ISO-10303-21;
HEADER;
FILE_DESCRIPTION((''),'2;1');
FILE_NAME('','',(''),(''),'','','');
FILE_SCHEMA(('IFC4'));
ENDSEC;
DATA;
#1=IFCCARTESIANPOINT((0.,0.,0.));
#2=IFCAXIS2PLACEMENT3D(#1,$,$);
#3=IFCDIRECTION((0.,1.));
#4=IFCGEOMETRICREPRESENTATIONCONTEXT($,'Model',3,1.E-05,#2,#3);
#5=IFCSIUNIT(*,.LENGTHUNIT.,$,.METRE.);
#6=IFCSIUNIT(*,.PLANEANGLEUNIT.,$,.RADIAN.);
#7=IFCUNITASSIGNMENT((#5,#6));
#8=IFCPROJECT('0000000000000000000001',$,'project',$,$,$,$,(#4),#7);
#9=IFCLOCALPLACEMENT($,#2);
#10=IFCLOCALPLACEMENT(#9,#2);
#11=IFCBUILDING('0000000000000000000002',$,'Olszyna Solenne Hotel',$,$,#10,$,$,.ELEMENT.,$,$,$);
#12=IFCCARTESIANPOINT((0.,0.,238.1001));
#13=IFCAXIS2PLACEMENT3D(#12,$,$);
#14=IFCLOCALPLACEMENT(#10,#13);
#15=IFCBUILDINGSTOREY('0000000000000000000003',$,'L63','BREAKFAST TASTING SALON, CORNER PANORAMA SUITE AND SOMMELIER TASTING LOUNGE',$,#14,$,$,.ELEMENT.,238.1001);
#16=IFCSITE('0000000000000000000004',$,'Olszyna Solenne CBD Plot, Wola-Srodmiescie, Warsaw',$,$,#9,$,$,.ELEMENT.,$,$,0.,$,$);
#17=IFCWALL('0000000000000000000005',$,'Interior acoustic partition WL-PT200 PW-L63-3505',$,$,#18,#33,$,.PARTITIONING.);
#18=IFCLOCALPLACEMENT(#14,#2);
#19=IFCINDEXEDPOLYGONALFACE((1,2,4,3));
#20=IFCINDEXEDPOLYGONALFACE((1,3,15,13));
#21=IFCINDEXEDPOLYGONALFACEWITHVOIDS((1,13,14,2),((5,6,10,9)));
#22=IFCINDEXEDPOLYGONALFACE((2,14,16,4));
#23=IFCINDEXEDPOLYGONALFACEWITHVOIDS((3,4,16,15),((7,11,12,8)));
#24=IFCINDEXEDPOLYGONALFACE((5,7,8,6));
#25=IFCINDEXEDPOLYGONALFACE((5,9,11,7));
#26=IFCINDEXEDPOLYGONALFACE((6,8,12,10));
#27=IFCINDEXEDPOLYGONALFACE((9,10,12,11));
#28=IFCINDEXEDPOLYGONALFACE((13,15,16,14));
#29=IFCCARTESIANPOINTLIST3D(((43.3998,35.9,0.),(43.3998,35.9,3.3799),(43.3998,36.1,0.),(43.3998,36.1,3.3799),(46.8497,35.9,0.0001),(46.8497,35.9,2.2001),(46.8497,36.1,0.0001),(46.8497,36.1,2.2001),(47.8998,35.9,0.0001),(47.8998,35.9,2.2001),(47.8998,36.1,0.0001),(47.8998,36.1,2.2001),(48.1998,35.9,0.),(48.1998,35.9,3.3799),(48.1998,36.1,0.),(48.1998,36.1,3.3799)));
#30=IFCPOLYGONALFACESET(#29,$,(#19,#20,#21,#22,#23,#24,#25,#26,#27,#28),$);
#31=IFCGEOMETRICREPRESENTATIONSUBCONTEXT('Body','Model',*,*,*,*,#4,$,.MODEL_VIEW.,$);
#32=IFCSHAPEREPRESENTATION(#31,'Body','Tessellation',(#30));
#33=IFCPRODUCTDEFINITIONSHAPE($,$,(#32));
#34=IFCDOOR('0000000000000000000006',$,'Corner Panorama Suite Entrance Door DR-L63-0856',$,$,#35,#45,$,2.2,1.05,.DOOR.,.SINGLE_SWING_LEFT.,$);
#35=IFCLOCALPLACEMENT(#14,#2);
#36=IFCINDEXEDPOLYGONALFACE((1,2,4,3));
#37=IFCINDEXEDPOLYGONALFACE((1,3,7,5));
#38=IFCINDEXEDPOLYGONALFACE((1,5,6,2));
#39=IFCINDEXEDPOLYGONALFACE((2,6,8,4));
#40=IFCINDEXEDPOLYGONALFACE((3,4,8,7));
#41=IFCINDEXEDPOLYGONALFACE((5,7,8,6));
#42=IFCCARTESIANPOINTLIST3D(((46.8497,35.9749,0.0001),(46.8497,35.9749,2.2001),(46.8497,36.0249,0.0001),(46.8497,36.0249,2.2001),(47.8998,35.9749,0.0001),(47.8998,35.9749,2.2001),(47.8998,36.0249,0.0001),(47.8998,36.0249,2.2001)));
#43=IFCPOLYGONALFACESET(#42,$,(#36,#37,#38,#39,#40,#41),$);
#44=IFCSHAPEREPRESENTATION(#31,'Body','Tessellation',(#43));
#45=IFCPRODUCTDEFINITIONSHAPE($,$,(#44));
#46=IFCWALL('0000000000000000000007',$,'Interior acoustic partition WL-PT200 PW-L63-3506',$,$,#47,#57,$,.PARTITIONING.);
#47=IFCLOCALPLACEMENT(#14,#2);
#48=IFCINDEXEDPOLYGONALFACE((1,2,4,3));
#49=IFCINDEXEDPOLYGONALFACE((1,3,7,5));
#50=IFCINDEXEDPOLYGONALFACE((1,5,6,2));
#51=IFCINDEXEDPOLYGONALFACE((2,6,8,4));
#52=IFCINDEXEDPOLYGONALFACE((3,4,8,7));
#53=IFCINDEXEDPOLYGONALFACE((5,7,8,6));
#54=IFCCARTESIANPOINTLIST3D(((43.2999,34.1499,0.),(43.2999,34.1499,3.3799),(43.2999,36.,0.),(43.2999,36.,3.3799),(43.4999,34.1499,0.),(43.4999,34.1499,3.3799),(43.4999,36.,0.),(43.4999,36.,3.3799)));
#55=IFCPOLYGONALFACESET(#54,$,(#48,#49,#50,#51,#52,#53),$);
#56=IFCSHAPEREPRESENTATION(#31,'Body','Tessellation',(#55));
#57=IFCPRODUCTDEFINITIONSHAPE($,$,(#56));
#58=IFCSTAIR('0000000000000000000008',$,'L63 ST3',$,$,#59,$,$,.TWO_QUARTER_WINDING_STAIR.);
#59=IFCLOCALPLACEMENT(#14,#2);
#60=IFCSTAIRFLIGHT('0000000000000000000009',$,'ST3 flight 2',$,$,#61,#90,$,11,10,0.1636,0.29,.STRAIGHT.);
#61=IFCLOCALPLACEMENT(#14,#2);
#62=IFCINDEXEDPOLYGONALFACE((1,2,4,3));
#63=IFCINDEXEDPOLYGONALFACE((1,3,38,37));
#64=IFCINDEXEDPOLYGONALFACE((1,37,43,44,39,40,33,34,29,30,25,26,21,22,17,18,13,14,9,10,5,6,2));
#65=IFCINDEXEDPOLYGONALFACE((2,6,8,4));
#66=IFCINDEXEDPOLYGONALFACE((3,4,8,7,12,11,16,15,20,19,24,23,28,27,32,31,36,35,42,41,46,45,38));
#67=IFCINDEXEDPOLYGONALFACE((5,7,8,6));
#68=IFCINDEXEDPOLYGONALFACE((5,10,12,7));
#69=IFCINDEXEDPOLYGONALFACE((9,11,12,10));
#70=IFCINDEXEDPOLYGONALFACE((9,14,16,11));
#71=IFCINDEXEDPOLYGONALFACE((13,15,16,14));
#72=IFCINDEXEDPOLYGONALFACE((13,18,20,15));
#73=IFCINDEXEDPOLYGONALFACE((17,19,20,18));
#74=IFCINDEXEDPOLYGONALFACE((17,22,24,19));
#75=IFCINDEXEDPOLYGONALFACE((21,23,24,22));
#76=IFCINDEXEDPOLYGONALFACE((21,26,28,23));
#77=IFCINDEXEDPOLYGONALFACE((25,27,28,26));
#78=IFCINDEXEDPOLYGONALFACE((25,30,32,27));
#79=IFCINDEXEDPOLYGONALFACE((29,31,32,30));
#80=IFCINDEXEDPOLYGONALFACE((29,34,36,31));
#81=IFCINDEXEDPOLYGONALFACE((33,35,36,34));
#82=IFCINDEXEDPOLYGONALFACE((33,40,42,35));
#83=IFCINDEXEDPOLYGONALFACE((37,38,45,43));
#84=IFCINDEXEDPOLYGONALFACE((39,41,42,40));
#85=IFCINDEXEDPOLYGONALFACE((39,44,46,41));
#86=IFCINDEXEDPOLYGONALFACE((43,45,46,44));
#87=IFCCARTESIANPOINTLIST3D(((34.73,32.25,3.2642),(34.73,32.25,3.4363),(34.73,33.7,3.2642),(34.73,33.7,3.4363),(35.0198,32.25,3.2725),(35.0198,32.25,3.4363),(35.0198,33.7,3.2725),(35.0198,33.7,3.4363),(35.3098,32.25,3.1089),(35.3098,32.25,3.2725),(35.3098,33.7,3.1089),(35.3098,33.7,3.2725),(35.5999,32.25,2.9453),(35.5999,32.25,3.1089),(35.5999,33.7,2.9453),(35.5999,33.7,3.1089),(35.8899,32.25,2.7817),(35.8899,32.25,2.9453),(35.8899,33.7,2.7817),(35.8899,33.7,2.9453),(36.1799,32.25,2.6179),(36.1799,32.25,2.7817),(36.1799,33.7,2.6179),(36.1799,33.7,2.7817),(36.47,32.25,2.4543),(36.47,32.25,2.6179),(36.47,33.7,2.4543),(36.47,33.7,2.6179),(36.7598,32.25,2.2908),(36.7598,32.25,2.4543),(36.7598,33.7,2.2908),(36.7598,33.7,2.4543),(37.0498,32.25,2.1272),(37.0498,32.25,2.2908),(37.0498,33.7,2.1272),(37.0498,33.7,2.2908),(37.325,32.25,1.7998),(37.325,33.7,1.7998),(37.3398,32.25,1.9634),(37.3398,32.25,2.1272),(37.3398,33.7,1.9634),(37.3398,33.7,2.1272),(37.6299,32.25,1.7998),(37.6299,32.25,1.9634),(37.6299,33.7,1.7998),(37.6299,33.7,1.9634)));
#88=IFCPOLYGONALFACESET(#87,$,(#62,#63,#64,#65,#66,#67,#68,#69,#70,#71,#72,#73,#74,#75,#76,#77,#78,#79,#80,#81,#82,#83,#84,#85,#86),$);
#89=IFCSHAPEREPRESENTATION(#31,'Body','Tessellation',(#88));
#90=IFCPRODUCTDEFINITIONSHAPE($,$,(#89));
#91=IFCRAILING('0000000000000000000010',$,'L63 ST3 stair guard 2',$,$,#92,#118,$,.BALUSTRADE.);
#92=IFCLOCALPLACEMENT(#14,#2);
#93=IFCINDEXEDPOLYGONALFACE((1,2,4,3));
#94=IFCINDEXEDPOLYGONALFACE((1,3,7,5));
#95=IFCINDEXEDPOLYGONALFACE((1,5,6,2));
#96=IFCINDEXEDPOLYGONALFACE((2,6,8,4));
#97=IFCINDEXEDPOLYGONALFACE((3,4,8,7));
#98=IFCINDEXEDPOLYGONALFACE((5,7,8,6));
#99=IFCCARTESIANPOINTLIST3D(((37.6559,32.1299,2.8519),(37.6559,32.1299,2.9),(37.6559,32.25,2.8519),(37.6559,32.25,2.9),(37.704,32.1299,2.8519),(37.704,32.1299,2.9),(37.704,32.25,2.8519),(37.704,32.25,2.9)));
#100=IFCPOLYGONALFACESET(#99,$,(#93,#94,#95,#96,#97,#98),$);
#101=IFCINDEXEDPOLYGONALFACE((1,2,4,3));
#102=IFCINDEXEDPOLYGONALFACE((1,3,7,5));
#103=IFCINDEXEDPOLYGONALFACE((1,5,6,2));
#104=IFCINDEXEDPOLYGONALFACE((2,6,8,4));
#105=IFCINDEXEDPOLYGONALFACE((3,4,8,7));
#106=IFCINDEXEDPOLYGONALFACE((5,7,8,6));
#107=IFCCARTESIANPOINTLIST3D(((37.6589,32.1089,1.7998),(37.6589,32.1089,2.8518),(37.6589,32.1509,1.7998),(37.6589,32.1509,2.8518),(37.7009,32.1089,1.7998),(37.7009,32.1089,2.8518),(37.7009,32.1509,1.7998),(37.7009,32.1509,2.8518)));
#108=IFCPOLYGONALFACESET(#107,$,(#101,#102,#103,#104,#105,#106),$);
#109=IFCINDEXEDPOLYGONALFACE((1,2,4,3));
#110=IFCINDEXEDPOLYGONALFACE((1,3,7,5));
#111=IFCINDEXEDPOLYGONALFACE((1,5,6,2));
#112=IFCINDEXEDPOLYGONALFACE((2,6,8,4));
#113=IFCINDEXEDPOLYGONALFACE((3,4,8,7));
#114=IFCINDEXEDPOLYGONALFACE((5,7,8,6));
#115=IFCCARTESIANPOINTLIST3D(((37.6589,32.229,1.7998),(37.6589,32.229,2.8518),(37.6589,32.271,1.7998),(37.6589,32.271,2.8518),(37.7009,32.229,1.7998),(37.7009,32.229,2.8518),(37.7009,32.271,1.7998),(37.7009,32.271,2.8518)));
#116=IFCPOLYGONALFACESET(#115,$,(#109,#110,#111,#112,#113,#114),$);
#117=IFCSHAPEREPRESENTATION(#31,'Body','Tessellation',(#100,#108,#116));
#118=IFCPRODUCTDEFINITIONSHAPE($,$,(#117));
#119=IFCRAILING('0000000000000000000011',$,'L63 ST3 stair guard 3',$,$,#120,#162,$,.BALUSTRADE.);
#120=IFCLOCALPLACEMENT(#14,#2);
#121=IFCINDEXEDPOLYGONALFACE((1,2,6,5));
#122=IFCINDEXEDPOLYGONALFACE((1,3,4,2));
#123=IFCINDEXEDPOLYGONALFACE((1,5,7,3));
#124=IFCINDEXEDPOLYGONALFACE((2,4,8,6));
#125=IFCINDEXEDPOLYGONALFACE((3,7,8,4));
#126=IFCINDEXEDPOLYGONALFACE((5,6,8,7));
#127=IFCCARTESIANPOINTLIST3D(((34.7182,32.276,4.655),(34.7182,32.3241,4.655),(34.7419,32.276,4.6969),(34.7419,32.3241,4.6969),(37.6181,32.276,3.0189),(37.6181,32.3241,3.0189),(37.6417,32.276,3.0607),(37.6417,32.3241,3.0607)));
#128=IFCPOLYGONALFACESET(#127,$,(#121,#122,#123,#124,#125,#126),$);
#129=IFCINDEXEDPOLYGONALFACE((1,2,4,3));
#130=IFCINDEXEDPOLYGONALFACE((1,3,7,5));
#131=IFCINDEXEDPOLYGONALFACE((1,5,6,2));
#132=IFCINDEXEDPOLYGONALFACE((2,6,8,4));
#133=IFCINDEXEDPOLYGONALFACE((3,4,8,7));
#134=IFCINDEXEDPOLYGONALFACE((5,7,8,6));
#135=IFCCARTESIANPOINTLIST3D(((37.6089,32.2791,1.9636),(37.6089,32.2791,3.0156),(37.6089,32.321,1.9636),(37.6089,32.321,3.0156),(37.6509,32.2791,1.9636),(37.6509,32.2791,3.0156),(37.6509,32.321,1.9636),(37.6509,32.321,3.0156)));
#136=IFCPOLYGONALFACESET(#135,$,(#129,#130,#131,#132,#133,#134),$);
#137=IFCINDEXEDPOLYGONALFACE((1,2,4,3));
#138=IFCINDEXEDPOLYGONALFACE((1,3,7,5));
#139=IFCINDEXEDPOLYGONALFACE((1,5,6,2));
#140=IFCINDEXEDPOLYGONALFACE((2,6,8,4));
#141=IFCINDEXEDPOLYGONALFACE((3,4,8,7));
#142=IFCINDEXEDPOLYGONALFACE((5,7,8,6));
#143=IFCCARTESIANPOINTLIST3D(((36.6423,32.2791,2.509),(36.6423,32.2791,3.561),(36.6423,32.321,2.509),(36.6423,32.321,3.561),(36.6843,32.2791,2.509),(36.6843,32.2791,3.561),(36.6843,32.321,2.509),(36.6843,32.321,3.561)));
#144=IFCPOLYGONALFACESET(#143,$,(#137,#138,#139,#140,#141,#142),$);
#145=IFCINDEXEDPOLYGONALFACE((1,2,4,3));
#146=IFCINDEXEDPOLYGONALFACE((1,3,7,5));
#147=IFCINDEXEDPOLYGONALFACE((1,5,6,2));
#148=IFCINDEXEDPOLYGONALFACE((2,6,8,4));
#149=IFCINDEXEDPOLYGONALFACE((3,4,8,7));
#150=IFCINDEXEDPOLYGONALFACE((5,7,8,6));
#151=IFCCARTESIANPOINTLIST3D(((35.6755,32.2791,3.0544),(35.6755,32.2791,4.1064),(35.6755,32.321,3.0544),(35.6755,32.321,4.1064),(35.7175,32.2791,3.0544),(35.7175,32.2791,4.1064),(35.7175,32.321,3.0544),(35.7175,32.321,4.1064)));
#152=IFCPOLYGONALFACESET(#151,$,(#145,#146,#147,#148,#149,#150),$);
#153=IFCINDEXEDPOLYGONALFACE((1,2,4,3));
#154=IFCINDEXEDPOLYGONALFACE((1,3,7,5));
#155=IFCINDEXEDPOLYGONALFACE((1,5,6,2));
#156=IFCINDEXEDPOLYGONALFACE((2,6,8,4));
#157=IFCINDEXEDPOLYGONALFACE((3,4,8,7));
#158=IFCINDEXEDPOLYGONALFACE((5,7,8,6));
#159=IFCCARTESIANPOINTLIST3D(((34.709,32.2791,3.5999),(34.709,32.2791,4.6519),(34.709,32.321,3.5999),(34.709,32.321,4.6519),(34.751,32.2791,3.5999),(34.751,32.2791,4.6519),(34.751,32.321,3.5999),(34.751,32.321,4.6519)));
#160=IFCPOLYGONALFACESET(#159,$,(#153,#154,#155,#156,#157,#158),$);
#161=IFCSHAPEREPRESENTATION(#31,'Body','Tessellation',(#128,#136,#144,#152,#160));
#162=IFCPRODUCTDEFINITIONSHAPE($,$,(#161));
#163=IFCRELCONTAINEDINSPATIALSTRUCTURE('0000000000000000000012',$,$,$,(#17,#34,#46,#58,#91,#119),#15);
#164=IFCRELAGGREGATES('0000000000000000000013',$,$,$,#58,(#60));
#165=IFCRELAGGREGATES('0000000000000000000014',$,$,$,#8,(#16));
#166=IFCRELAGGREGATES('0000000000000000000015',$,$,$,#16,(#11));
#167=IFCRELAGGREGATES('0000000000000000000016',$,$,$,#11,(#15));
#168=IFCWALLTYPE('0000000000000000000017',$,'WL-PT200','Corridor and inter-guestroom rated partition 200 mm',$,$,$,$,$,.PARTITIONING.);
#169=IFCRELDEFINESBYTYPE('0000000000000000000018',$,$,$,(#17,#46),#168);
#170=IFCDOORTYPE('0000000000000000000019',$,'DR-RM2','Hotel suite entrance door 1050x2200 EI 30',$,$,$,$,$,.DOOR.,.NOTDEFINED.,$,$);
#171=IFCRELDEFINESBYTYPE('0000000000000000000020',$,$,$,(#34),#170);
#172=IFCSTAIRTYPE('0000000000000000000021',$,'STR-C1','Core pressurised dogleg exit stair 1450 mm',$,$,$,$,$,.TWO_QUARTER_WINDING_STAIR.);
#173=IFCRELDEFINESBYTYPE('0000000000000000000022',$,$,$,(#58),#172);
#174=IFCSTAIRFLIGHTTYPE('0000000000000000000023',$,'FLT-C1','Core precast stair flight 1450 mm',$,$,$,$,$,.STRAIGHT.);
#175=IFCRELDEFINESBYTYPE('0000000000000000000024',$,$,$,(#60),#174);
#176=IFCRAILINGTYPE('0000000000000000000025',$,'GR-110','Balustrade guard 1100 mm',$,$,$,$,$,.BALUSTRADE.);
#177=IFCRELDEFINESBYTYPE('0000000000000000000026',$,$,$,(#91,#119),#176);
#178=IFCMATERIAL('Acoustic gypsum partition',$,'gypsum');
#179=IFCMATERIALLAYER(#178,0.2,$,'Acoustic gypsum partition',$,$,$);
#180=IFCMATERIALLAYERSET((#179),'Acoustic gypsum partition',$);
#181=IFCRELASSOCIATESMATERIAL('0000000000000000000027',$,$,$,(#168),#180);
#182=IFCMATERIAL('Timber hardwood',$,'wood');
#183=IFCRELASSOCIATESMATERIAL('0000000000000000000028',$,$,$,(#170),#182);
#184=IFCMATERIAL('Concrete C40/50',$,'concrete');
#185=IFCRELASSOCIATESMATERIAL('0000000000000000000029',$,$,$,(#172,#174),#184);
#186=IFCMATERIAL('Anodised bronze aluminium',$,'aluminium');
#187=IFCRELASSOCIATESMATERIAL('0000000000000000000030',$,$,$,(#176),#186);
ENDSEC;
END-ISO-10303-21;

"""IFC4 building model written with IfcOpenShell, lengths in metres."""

from ifc_helpers import new_model, si_unit, direction, frame, frame_2d, origin, origin_2d, place, context, subcontext, project, spatial, polyline, rectangle, outline, extrude, source, transform, mapped, material, layer, layer_set, type_object, type_shapes, element, fill, aggregate, save


model = new_model("IFC4")

# Units and contexts
model_context = context("Model", 3, precision=1e-05, world=origin(), true_north=direction((0.0, 1.0)))
body_context = subcontext(model_context, "Body", "Model", "MODEL_VIEW")
ifc_project = project(units=[si_unit("LENGTHUNIT", "METRE"), si_unit("PLANEANGLEUNIT", "RADIAN")], contexts=[model_context])

# Site, building, storey
site_placement = place(None, origin())
site = spatial("IfcSite", under=ifc_project, at=site_placement, Name="Olszyna Solenne CBD Plot, Wola-Srodmiescie, Warsaw", CompositionType="ELEMENT", RefElevation=0.0)
building_placement = place(site_placement, origin())
building = spatial("IfcBuilding", under=site, at=building_placement, Name="Olszyna Solenne Hotel", CompositionType="ELEMENT")
storey_placement = place(building_placement, frame((0.0, 0.0, 238.1001)))
storey = spatial("IfcBuildingStorey", under=building, at=storey_placement, Name="L63", Description="BREAKFAST TASTING SALON, CORNER PANORAMA SUITE AND SOMMELIER TASTING LOUNGE", CompositionType="ELEMENT", Elevation=238.1001)

# Shared definitions
ifc_material_1 = material(Name="Timber hardwood", Category="wood")

# Shared definitions
ifc_material_2 = material(Name="Acoustic gypsum partition", Category="gypsum")

# Shared definitions
ifc_layer_1 = layer(ifc_material_2, 0.2, Name="Acoustic gypsum partition")
ifc_layer_set_1 = layer_set([ifc_layer_1], Name="Acoustic gypsum partition")
wall_type_1 = type_object("IfcWallType", Name="WL-PT200", Description="Corridor and inter-guestroom rated partition 200 mm", PredefinedType="PARTITIONING", material=ifc_layer_set_1)

# Wall, opening, door
wall_1_placement = place(storey_placement, frame((43.3999, 36.0, 0.0), z_axis=(0.0, 0.0, 1.0), x_axis=(1.0, 0.0, 0.0)))
wall_1 = element("IfcWall", 1, at=wall_1_placement, inside=storey, type_object=wall_type_1, Name="Interior acoustic partition WL-PT200 PW-L63-3505", PredefinedType="PARTITIONING", context=body_context, shape_type="SweptSolid", body=[
    extrude(rectangle(XDim=4.8, YDim=0.2, at=frame_2d((2.3999, 0.0))), origin(), (0.0, 0.0, 1.0), 3.3799),
])
opening_1_placement = place(wall_1_placement, frame((3.45, 0.0, 0.0)))
opening_1 = element("IfcOpeningElement", 2, at=opening_1_placement, cuts=wall_1, PredefinedType="OPENING", context=body_context, shape_type="SweptSolid", body=[
    extrude(rectangle(XDim=1.05, YDim=2.2, at=frame_2d((0.5249, 1.1001))), frame((0.0, 0.1099, 0.0), z_axis=(0.0, -1.0, 0.0), x_axis=(1.0, 0.0, 0.0)), (0.0, 0.0, 1.0), 0.22),
])
door_type_1 = type_object("IfcDoorType", Name="DR-RM2", Description="Hotel suite entrance door 1050x2200 EI 30", OperationType="NOTDEFINED", PredefinedType="DOOR", material=ifc_material_1)
shared_shape_1 = source(origin(), body_context, "Body", "SweptSolid", [
    extrude(rectangle(XDim=1.05, YDim=2.2, at=frame_2d((0.5249, 1.1001))), frame((0.0, 0.0249, 0.0), z_axis=(0.0, -1.0, 0.0), x_axis=(1.0, 0.0, 0.0)), (0.0, 0.0, 1.0), 0.05),
])
type_shapes(door_type_1, [shared_shape_1])
door_1_placement = place(opening_1_placement, origin())
door_1 = element("IfcDoor", 3, at=door_1_placement, inside=storey, type_object=door_type_1, Name="Corner Panorama Suite Entrance Door DR-L63-0856", OperationType="SINGLE_SWING_LEFT", OverallHeight=2.2, OverallWidth=1.05, PredefinedType="DOOR", context=body_context, shape_type="MappedRepresentation", body=[
    mapped(shared_shape_1, transform((0.0, 0.0, 0.0), x_axis=(1.0, 0.0, 0.0), y_axis=(0.0, 1.0, 0.0), z_axis=(0.0, 0.0, 1.0), scale=1.0)),
])
fill(opening_1, door_1)

# Wall
wall_2_placement = place(storey_placement, frame((43.3999, 34.1499, 0.0), z_axis=(0.0, 0.0, 1.0), x_axis=(0.0, 1.0, 0.0)))
element("IfcWall", 4, at=wall_2_placement, inside=storey, type_object=wall_type_1, Name="Interior acoustic partition WL-PT200 PW-L63-3506", PredefinedType="PARTITIONING", context=body_context, shape_type="SweptSolid", body=[
    extrude(rectangle(XDim=1.8501, YDim=0.2, at=frame_2d((0.925, 0.0))), origin(), (0.0, 0.0, 1.0), 3.3799),
])

# Stair, stair flight
ifc_material_3 = material(Name="Concrete C40/50", Category="concrete")
stair_type = type_object("IfcStairType", Name="STR-C1", Description="Core pressurised dogleg exit stair 1450 mm", PredefinedType="TWO_QUARTER_WINDING_STAIR", material=ifc_material_3)
stair_placement = place(storey_placement, origin())
stair = element("IfcStair", 5, at=stair_placement, inside=storey, type_object=stair_type, Name="L63 ST3", PredefinedType="TWO_QUARTER_WINDING_STAIR")
stair_flight_type = type_object("IfcStairFlightType", Name="FLT-C1", Description="Core precast stair flight 1450 mm", PredefinedType="STRAIGHT", material=ifc_material_3)
stair_flight_placement = place(storey_placement, frame((37.6299, 32.9751, 1.7998), z_axis=(0.0, 0.0, 1.0), x_axis=(-1.0, 0.0, 0.0)))
stair_flight = element("IfcStairFlight", 6, at=stair_flight_placement, type_object=stair_flight_type, Name="ST3 flight 2", NumberOfRisers=11, NumberOfTreads=10, PredefinedType="STRAIGHT", RiserHeight=0.1636, TreadLength=0.29, context=body_context, shape_type="SweptSolid", body=[
    extrude(outline(polyline([(0.0, 0.0), (0.0, 0.1636), (0.29, 0.1636), (0.29, 0.3274), (0.5801, 0.3274), (0.5801, 0.491), (0.8701, 0.491), (0.8701, 0.6545), (1.1599, 0.6545), (1.1599, 0.8181), (1.45, 0.8181), (1.45, 0.9819), (1.74, 0.9819), (1.74, 1.1455), (2.03, 1.1455), (2.03, 1.3091), (2.3201, 1.3091), (2.3201, 1.4727), (2.6101, 1.4727), (2.6101, 1.6365), (2.8999, 1.6365), (2.8999, 1.8), (2.8999, 1.4644), (0.3049, 0.0), (0.0, 0.0)])), frame((0.0, 0.7251, 0.0), z_axis=(0.0, -1.0, 0.0), x_axis=(1.0, 0.0, 0.0)), (0.0, 0.0, 1.0), 1.45),
])
aggregate(stair, [stair_flight])

# Railings
ifc_material_4 = material(Name="Anodised bronze aluminium", Category="aluminium")
railing_type_1 = type_object("IfcRailingType", Name="GR-110", Description="Balustrade guard 1100 mm", PredefinedType="BALUSTRADE", material=ifc_material_4)
railing_1_placement = place(storey_placement, frame((37.6799, 32.1299, 1.7998)))
element("IfcRailing", 7, at=railing_1_placement, inside=storey, type_object=railing_type_1, Name="L63 ST3 stair guard 2", PredefinedType="BALUSTRADE", context=body_context, shape_type="SweptSolid", body=[
    extrude(rectangle(XDim=0.0481, YDim=0.0481, at=origin_2d()), frame((0.0, 0.0, 1.0762), z_axis=(0.0, 1.0, 0.0), x_axis=(-1.0, 0.0, 0.0)), (0.0, 0.0, 1.0), 0.1201),
    extrude(rectangle(XDim=0.042, YDim=0.042, at=origin_2d()), origin(), (0.0, 0.0, 1.0), 1.052),
    extrude(rectangle(XDim=0.042, YDim=0.042, at=origin_2d()), frame((0.0, 0.1201, 0.0)), (0.0, 0.0, 1.0), 1.052),
])
railing_2_placement = place(storey_placement, frame((37.6299, 32.3, 1.9636)))
element("IfcRailing", 8, at=railing_2_placement, inside=storey, type_object=railing_type_1, Name="L63 ST3 stair guard 3", PredefinedType="BALUSTRADE", context=body_context, shape_type="SweptSolid", body=[
    extrude(rectangle(XDim=0.0481, YDim=0.0481, at=origin_2d()), frame((0.0, 0.0, 1.0762), z_axis=(-0.870929, 0.0, 0.49141), x_axis=(0.0, -1.0, 0.0)), (0.0, 0.0, 1.0), 3.3296),
    extrude(rectangle(XDim=0.042, YDim=0.042, at=origin_2d()), origin(), (0.0, 0.0, 1.0), 1.052),
    extrude(rectangle(XDim=0.042, YDim=0.042, at=origin_2d()), frame((-0.9666, 0.0, 0.5454)), (0.0, 0.0, 1.0), 1.052),
    extrude(rectangle(XDim=0.042, YDim=0.042, at=origin_2d()), frame((-1.9333, 0.0, 1.0908)), (0.0, 0.0, 1.0), 1.052),
    extrude(rectangle(XDim=0.042, YDim=0.042, at=origin_2d()), frame((-2.8999, 0.0, 1.6362)), (0.0, 0.0, 1.0), 1.052),
])

save(model, "model.ifc")
